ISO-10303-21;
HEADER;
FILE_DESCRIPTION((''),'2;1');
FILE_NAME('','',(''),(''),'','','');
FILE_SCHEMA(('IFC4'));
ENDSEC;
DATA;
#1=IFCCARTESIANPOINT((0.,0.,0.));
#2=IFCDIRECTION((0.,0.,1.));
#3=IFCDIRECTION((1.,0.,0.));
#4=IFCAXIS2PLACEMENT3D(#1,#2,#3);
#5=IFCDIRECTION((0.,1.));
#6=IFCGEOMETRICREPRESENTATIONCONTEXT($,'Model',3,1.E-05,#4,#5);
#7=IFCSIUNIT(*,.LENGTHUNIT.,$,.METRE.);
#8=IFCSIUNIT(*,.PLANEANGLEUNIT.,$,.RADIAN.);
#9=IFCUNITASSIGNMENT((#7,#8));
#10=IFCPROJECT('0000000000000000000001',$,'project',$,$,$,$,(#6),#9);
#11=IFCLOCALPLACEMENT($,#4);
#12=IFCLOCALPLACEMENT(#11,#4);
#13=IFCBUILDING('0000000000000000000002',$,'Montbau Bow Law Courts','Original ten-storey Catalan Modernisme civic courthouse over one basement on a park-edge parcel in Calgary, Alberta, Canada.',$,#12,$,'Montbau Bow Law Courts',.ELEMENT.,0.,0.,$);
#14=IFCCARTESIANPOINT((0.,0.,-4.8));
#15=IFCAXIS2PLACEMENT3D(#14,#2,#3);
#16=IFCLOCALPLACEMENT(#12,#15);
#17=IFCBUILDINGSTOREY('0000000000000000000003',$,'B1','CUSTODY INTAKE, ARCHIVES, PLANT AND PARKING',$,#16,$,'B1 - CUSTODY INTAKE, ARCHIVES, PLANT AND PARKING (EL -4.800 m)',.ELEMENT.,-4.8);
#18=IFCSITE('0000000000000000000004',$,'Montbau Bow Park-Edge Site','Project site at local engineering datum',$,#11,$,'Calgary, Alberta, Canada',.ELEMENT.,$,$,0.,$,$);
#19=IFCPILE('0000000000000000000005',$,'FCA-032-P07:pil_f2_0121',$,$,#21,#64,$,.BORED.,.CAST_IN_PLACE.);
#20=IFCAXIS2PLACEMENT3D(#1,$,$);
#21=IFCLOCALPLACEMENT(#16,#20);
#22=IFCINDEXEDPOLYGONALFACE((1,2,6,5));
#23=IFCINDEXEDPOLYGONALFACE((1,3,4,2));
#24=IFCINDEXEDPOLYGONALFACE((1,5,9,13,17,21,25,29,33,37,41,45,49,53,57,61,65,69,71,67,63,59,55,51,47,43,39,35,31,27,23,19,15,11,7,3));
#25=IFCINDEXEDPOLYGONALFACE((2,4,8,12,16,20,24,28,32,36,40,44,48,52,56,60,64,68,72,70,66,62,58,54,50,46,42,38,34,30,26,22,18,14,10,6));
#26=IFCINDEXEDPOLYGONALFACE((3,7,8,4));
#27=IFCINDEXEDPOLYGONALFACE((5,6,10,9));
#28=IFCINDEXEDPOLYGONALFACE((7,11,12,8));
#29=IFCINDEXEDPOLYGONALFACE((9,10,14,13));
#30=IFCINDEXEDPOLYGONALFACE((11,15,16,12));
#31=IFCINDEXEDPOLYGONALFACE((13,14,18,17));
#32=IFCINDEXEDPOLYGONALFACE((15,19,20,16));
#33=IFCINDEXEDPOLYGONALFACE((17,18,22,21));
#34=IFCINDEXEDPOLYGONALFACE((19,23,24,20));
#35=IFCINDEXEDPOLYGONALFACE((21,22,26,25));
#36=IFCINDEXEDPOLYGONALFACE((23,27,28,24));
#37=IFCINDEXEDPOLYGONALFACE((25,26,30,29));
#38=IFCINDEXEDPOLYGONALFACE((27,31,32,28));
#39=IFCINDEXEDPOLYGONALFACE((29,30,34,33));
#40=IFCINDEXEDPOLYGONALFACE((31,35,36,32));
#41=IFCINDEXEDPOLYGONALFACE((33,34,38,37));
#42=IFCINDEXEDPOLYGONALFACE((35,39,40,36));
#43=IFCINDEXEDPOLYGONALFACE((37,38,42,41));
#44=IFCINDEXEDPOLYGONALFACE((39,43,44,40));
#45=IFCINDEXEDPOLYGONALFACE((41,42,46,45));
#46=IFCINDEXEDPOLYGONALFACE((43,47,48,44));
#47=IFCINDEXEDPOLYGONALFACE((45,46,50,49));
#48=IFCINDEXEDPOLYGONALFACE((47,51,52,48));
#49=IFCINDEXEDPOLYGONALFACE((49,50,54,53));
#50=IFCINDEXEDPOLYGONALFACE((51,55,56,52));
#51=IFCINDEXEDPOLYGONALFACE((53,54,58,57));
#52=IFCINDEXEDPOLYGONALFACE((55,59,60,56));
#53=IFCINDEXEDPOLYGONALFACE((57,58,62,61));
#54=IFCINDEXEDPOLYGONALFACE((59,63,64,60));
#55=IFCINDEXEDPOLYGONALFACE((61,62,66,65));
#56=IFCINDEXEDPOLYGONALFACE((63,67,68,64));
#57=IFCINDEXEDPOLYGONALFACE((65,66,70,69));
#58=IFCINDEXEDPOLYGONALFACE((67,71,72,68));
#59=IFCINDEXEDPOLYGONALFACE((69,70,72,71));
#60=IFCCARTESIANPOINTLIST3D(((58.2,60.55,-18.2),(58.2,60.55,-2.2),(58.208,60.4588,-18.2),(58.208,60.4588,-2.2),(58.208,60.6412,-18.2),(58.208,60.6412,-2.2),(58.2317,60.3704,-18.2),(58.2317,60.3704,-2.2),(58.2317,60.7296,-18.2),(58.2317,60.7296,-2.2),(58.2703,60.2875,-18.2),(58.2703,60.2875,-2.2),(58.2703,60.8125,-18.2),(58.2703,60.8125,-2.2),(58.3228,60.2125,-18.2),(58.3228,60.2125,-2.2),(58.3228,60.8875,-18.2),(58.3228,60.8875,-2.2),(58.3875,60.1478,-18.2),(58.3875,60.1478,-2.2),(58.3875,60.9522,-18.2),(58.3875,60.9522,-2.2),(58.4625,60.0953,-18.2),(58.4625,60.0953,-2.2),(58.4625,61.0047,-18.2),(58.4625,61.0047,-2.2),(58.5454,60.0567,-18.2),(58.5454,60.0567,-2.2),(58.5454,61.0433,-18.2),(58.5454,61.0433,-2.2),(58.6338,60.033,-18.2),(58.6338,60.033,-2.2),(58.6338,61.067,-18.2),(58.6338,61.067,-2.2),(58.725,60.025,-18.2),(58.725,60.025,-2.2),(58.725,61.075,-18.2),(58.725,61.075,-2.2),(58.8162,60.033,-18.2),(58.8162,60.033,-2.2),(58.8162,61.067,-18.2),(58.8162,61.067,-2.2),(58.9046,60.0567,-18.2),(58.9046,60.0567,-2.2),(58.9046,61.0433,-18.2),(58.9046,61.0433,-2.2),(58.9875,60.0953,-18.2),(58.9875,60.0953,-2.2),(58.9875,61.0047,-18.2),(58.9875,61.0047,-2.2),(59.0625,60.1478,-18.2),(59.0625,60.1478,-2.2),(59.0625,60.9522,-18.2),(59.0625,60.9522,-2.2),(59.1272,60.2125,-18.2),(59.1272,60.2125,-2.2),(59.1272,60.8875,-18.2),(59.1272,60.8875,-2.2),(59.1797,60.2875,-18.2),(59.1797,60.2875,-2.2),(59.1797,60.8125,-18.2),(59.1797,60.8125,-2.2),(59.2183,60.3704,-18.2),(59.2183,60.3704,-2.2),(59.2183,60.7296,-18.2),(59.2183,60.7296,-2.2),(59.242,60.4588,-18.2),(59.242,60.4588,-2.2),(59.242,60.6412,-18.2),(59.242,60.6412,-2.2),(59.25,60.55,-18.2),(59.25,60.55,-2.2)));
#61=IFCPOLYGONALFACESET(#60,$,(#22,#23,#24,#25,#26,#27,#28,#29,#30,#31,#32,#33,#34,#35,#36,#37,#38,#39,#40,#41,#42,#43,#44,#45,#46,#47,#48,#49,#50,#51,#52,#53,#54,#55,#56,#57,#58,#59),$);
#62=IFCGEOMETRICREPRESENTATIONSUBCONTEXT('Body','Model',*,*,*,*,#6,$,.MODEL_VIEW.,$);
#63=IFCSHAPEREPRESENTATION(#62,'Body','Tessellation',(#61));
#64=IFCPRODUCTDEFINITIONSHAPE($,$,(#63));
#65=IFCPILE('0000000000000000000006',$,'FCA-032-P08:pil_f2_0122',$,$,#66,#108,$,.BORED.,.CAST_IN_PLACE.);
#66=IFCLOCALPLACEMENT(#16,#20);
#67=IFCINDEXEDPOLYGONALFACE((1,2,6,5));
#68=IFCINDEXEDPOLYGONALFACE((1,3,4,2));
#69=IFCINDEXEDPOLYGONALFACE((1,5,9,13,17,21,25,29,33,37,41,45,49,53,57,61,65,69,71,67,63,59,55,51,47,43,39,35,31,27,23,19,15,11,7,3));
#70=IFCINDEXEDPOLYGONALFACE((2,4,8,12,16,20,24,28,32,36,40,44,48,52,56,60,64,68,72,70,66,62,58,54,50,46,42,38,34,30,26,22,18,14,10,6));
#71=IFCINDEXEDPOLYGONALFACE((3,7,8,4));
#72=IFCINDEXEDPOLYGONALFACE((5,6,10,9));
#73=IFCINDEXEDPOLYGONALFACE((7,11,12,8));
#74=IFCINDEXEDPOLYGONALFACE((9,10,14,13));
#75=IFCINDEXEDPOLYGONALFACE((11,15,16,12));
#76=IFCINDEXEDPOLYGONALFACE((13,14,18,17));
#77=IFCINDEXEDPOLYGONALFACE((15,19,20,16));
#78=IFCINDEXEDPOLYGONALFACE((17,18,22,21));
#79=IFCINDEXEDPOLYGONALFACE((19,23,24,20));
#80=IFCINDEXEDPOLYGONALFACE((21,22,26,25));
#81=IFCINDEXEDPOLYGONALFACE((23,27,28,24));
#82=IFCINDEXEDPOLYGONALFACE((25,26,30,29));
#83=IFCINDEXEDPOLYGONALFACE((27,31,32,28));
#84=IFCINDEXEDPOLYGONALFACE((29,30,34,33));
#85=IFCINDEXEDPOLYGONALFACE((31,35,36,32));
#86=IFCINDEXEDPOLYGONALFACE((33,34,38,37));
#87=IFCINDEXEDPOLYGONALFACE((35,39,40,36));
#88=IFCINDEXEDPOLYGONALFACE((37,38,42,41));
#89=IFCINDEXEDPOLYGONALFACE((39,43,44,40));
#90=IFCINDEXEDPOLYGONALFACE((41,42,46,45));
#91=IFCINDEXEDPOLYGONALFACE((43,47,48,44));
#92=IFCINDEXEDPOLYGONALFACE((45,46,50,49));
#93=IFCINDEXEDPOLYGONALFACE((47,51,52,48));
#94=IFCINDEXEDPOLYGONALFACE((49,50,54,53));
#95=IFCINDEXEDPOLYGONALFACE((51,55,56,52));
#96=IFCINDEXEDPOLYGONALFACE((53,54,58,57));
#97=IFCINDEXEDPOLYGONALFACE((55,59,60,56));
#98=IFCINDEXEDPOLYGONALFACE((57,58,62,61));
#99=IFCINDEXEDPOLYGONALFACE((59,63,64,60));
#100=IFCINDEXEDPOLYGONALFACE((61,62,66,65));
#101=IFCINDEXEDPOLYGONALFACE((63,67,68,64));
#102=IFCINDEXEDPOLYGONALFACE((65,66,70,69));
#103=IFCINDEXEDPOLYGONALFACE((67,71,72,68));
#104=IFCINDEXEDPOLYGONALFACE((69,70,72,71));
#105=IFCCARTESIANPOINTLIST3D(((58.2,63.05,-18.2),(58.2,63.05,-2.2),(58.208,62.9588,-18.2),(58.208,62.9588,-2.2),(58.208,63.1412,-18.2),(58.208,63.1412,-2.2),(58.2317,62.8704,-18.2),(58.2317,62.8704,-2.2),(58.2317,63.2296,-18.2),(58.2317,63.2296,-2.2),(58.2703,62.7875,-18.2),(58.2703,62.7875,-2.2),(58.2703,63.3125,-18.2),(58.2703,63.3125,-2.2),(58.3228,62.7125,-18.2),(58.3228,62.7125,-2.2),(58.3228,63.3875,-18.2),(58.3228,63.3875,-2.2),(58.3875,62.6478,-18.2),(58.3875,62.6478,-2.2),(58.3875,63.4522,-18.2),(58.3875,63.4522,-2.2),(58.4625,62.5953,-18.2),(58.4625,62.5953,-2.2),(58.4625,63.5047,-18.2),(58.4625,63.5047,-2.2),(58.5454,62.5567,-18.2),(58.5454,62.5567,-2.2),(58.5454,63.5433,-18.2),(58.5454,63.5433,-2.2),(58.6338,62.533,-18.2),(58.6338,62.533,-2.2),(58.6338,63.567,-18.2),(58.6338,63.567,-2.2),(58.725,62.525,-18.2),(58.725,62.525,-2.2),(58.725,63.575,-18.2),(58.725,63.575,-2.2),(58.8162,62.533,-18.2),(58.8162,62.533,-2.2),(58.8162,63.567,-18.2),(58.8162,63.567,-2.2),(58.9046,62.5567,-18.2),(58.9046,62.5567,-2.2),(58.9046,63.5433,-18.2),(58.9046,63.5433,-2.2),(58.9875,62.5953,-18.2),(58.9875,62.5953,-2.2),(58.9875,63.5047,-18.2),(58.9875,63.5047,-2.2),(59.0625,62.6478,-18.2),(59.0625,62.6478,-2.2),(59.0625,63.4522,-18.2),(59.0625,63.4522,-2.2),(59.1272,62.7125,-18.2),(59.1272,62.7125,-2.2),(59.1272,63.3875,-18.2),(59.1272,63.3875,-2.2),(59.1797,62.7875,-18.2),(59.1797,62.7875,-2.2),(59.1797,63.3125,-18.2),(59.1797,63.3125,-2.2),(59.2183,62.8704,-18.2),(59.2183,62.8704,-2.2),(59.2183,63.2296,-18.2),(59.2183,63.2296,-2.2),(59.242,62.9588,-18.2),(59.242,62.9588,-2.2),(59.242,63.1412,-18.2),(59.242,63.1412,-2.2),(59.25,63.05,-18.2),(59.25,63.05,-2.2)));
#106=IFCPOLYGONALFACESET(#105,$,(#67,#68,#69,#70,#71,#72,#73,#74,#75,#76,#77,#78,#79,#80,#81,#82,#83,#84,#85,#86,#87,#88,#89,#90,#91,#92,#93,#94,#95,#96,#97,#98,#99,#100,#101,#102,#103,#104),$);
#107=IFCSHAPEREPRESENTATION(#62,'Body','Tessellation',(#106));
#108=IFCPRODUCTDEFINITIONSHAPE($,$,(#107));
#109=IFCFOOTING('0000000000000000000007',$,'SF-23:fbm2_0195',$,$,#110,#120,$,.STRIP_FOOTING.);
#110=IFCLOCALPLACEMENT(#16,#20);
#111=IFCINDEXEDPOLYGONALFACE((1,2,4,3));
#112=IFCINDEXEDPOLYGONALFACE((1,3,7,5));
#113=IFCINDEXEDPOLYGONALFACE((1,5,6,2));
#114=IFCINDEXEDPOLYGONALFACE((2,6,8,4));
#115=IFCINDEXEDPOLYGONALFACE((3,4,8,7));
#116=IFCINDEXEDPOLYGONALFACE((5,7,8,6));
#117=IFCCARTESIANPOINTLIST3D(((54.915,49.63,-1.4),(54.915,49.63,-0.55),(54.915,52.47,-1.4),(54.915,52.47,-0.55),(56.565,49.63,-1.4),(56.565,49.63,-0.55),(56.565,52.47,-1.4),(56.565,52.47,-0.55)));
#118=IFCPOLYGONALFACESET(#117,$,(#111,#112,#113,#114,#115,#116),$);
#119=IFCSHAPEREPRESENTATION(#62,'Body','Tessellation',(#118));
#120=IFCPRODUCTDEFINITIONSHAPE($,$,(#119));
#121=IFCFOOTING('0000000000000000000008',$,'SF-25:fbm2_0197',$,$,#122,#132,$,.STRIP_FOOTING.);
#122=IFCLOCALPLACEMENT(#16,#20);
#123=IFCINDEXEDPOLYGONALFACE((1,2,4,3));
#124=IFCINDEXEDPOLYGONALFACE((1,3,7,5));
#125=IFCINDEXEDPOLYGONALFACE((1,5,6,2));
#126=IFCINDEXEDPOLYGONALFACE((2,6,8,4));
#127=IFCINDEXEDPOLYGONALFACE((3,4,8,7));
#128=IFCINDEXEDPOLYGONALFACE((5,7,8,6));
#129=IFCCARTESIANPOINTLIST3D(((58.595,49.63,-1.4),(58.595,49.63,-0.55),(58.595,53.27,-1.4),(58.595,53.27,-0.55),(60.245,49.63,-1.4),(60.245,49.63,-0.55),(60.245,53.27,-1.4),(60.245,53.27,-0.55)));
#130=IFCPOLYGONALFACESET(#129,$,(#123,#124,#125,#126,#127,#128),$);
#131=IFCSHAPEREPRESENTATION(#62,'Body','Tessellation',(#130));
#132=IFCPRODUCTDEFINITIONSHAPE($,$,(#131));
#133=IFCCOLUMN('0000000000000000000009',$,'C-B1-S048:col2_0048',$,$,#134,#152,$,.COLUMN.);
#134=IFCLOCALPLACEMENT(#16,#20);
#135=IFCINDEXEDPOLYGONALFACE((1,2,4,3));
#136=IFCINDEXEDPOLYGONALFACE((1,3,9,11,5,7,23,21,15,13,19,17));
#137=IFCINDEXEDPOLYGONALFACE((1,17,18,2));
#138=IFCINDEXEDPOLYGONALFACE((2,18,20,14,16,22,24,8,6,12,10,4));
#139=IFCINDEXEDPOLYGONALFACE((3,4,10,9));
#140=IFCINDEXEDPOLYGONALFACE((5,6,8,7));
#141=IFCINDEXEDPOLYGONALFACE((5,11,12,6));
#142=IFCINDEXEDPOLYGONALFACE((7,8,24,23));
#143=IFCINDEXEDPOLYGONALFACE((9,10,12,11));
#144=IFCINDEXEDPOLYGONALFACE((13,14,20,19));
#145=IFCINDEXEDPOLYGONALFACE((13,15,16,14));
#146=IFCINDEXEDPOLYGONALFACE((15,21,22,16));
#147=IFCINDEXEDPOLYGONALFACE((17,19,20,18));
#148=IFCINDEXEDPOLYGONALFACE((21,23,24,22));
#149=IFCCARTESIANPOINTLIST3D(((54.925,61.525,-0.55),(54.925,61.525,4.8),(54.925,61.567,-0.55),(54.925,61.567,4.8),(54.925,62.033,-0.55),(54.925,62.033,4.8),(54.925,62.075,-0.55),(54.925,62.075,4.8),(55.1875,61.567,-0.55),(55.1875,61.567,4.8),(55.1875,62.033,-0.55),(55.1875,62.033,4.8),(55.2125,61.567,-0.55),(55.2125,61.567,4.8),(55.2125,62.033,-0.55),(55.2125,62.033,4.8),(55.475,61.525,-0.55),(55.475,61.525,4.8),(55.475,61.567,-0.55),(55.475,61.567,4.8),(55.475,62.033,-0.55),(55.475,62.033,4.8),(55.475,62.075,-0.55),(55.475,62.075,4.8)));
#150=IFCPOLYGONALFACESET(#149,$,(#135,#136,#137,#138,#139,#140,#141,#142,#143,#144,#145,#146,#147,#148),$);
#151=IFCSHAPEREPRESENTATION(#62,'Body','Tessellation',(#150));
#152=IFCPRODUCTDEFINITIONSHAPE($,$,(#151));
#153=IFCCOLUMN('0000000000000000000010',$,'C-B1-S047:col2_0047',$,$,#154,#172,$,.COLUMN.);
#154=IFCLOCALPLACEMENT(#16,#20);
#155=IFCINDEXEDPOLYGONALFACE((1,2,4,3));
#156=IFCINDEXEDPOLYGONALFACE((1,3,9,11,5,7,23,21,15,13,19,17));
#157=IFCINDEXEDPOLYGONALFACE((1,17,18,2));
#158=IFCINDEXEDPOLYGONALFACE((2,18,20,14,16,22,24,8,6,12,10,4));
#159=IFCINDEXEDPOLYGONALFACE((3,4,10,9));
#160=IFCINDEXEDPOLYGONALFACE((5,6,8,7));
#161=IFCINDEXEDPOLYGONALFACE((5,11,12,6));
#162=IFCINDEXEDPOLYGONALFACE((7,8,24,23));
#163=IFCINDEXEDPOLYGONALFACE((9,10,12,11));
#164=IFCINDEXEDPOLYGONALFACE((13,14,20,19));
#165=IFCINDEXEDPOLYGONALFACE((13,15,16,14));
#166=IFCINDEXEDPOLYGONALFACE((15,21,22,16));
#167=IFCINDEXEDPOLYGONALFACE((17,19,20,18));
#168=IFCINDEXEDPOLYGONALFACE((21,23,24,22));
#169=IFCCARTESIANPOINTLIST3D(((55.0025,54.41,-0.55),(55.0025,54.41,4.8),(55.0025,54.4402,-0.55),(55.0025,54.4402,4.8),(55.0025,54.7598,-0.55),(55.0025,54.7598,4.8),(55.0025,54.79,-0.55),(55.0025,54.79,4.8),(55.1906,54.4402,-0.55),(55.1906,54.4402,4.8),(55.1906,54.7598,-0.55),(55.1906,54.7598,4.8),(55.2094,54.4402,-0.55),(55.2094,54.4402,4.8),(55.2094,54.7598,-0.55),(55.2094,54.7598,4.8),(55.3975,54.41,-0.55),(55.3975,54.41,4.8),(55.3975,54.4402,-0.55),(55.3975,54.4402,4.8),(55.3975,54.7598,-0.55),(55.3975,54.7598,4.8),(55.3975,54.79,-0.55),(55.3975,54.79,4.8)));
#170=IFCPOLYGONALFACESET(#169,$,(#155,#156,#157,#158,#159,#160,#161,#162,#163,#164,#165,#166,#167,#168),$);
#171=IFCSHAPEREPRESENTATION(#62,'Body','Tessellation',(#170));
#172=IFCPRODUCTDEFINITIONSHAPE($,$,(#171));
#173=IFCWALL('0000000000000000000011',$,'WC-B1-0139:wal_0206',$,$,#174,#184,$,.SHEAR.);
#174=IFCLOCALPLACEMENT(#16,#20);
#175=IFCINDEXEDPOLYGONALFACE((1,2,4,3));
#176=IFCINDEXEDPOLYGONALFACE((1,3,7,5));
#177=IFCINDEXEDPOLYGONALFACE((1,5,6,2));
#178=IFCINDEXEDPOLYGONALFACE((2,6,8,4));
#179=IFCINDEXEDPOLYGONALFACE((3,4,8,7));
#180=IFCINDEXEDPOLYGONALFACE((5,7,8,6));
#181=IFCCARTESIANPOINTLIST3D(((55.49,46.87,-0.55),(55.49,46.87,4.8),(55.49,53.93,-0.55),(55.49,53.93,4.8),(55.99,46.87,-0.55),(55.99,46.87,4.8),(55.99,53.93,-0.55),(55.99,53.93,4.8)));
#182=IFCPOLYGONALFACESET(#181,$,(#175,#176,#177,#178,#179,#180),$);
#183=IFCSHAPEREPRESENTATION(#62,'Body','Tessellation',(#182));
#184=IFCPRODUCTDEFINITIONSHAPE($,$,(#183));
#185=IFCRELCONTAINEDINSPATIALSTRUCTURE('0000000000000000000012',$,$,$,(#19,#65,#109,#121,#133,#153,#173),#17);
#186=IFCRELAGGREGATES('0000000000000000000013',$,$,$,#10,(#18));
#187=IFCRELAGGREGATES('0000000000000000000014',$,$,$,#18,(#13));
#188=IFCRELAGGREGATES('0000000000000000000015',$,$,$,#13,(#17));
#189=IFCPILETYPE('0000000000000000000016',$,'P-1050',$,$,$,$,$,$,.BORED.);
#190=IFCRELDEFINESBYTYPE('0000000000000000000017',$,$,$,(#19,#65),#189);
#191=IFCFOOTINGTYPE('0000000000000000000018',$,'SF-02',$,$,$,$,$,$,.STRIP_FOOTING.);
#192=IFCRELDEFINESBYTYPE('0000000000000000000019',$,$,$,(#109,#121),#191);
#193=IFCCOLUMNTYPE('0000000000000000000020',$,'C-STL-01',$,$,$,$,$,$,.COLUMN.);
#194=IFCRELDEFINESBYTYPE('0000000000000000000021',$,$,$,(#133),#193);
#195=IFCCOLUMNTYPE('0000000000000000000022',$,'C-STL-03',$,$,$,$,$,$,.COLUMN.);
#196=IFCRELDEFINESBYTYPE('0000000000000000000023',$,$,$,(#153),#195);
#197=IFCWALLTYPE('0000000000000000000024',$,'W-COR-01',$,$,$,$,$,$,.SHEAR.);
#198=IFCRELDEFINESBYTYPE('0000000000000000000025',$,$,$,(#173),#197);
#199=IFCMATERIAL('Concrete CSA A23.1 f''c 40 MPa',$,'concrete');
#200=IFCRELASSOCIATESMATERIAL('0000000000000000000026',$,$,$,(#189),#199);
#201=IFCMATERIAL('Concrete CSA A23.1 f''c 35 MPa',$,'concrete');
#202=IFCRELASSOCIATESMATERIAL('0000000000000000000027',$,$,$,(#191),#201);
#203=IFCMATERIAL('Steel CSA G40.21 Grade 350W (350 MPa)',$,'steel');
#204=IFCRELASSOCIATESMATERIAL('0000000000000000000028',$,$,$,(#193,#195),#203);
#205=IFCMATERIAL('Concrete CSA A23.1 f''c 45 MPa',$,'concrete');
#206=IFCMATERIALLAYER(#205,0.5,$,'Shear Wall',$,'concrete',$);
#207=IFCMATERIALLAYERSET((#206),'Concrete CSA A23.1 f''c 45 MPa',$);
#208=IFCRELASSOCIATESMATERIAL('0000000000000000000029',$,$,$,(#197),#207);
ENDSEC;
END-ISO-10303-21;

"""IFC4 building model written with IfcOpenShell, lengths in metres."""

from ifc_helpers import new_model, si_unit, direction, frame, frame_2d, origin_with_axes, origin_2d_with_axis, place, context, subcontext, project, spatial, rectangle, circle, i_section, extrude, material, layer, layer_set, material_profile, profile_set, type_object, element, save


model = new_model("IFC4")

# Units and contexts
model_context = context("Model", 3, precision=1e-05, world=origin_with_axes(), true_north=direction((0.0, 1.0)))
body_context = subcontext(model_context, "Body", "Model", "MODEL_VIEW")
ifc_project = project(units=[si_unit("LENGTHUNIT", "METRE"), si_unit("PLANEANGLEUNIT", "RADIAN")], contexts=[model_context])

# Site, building, storey
site_placement = place(None, origin_with_axes())
site = spatial("IfcSite", under=ifc_project, at=site_placement, Name="Montbau Bow Park-Edge Site", Description="Project site at local engineering datum", LongName="Calgary, Alberta, Canada", CompositionType="ELEMENT", RefElevation=0.0)
building_placement = place(site_placement, origin_with_axes())
building = spatial("IfcBuilding", under=site, at=building_placement, Name="Montbau Bow Law Courts", Description="Original ten-storey Catalan Modernisme civic courthouse over one basement on a park-edge parcel in Calgary, Alberta, Canada.", LongName="Montbau Bow Law Courts", CompositionType="ELEMENT", ElevationOfRefHeight=0.0, ElevationOfTerrain=0.0)
storey_placement = place(building_placement, frame((0.0, 0.0, -4.8), z_axis=(0.0, 0.0, 1.0), x_axis=(1.0, 0.0, 0.0)))
storey = spatial("IfcBuildingStorey", under=building, at=storey_placement, Name="B1", Description="CUSTODY INTAKE, ARCHIVES, PLANT AND PARKING", LongName="B1 - CUSTODY INTAKE, ARCHIVES, PLANT AND PARKING (EL -4.800 m)", CompositionType="ELEMENT", Elevation=-4.8)

# Shared definitions
ifc_material_1 = material(Name="Concrete CSA A23.1 f'c 35 MPa", Category="concrete")

# Piles
ifc_material_2 = material(Name="Concrete CSA A23.1 f'c 40 MPa", Category="concrete")
ifc_material_profile_1 = material_profile(ifc_material_2, circle(Radius=0.525, at=origin_2d_with_axis()), Name="BP1050", Category="Main", Priority=0)
ifc_profile_set_1 = profile_set([ifc_material_profile_1], Name="Concrete CSA A23.1 f'c 40 MPa")
pile_type_1 = type_object("IfcPileType", Name="P-1050", PredefinedType="BORED", material=ifc_profile_set_1)
for number, where, z_axis, x_axis, name in (
    (1, (58.725, 60.55, -23.0), (0.0, 0.0, 1.0), (1.0, 0.0, 0.0), "FCA-032-P07:pil_f2_0121"),
    (2, (58.725, 63.05, -23.0), (0.0, 0.0, 1.0), (1.0, 0.0, 0.0), "FCA-032-P08:pil_f2_0122"),
):
    element("IfcPile", number, at=place(None, frame(where, z_axis=z_axis, x_axis=x_axis)), inside=storey, type_object=pile_type_1, Name=name, ConstructionType="CAST_IN_PLACE", PredefinedType="BORED", context=body_context, shape_type="SweptSolid", body=[
        extrude(circle(Radius=0.525, at=origin_2d_with_axis()), origin_with_axes(), (0.0, 0.0, 1.0), 16.0),
    ])

# Footings
footing_type_1 = type_object("IfcFootingType", Name="SF-02", PredefinedType="STRIP_FOOTING", material=ifc_material_1)
footing_1_placement = place(None, frame((55.74, 51.05, -6.2), z_axis=(0.0, 0.0, 1.0), x_axis=(0.0, 1.0, 0.0)))
element("IfcFooting", 3, at=footing_1_placement, inside=storey, type_object=footing_type_1, Name="SF-23:fbm2_0195", PredefinedType="STRIP_FOOTING", context=body_context, shape_type="SweptSolid", body=[
    extrude(rectangle(XDim=2.84, YDim=1.65, at=origin_2d_with_axis()), origin_with_axes(), (0.0, 0.0, 1.0), 0.85),
])
footing_2_placement = place(None, frame((59.42, 51.45, -6.2), z_axis=(0.0, 0.0, 1.0), x_axis=(0.0, 1.0, 0.0)))
element("IfcFooting", 4, at=footing_2_placement, inside=storey, type_object=footing_type_1, Name="SF-25:fbm2_0197", PredefinedType="STRIP_FOOTING", context=body_context, shape_type="SweptSolid", body=[
    extrude(rectangle(XDim=3.64, YDim=1.65, at=origin_2d_with_axis()), origin_with_axes(), (0.0, 0.0, 1.0), 0.85),
])

# Columns
ifc_material_3 = material(Name="Steel CSA G40.21 Grade 350W (350 MPa)", Category="steel")
ifc_material_profile_2 = material_profile(ifc_material_3, i_section(OverallWidth=0.55, OverallDepth=0.55, WebThickness=0.025, FlangeThickness=0.042, at=origin_2d_with_axis()), Name="WWF550X420", Category="Main", Priority=0)
ifc_profile_set_2 = profile_set([ifc_material_profile_2], Name="Steel CSA G40.21 Grade 350W (350 MPa)")
column_type_1 = type_object("IfcColumnType", Name="C-STL-01", PredefinedType="COLUMN", material=ifc_profile_set_2)
column_1_placement = place(None, frame((55.2, 61.8, -5.35), z_axis=(0.0, 0.0, 1.0), x_axis=(1.0, 0.0, 0.0)))
element("IfcColumn", 5, at=column_1_placement, inside=storey, type_object=column_type_1, Name="C-B1-S048:col2_0048", PredefinedType="COLUMN", context=body_context, shape_type="SweptSolid", body=[
    extrude(i_section(OverallWidth=0.55, OverallDepth=0.55, WebThickness=0.025, FlangeThickness=0.042, at=origin_2d_with_axis()), origin_with_axes(), (0.0, 0.0, 1.0), 5.35),
])
ifc_material_profile_3 = material_profile(ifc_material_3, i_section(OverallWidth=0.395, OverallDepth=0.38, WebThickness=0.0189, FlangeThickness=0.0302, at=origin_2d_with_axis()), Name="W360X237", Category="Main", Priority=0)
ifc_profile_set_3 = profile_set([ifc_material_profile_3], Name="Steel CSA G40.21 Grade 350W (350 MPa)")
column_type_2 = type_object("IfcColumnType", Name="C-STL-03", PredefinedType="COLUMN", material=ifc_profile_set_3)
column_2_placement = place(None, frame((55.2, 54.6, -5.35), z_axis=(0.0, 0.0, 1.0), x_axis=(1.0, 0.0, 0.0)))
element("IfcColumn", 6, at=column_2_placement, inside=storey, type_object=column_type_2, Name="C-B1-S047:col2_0047", PredefinedType="COLUMN", context=body_context, shape_type="SweptSolid", body=[
    extrude(i_section(OverallWidth=0.395, OverallDepth=0.38, WebThickness=0.0189, FlangeThickness=0.0302, at=origin_2d_with_axis()), origin_with_axes(), (0.0, 0.0, 1.0), 5.35),
])

# Wall
ifc_material_4 = material(Name="Concrete CSA A23.1 f'c 45 MPa", Category="concrete")
ifc_layer = layer(ifc_material_4, 0.5, Name="Shear Wall", Category="concrete")
ifc_layer_set = layer_set([ifc_layer], Name="Concrete CSA A23.1 f'c 45 MPa")
wall_type = type_object("IfcWallType", Name="W-COR-01", PredefinedType="SHEAR", material=ifc_layer_set)
wall_placement = place(None, frame((55.74, 53.93, -5.35), z_axis=(0.0, 0.0, 1.0), x_axis=(0.0, -1.0, 0.0)))
element("IfcWall", 7, at=wall_placement, inside=storey, type_object=wall_type, Name="WC-B1-0139:wal_0206", PredefinedType="SHEAR", context=body_context, shape_type="SweptSolid", body=[
    extrude(rectangle(XDim=7.06, YDim=0.5, at=frame_2d((3.53, 0.0), x_axis=(1.0, 0.0))), origin_with_axes(), (0.0, 0.0, 1.0), 5.35),
])

save(model, "model.ifc")
